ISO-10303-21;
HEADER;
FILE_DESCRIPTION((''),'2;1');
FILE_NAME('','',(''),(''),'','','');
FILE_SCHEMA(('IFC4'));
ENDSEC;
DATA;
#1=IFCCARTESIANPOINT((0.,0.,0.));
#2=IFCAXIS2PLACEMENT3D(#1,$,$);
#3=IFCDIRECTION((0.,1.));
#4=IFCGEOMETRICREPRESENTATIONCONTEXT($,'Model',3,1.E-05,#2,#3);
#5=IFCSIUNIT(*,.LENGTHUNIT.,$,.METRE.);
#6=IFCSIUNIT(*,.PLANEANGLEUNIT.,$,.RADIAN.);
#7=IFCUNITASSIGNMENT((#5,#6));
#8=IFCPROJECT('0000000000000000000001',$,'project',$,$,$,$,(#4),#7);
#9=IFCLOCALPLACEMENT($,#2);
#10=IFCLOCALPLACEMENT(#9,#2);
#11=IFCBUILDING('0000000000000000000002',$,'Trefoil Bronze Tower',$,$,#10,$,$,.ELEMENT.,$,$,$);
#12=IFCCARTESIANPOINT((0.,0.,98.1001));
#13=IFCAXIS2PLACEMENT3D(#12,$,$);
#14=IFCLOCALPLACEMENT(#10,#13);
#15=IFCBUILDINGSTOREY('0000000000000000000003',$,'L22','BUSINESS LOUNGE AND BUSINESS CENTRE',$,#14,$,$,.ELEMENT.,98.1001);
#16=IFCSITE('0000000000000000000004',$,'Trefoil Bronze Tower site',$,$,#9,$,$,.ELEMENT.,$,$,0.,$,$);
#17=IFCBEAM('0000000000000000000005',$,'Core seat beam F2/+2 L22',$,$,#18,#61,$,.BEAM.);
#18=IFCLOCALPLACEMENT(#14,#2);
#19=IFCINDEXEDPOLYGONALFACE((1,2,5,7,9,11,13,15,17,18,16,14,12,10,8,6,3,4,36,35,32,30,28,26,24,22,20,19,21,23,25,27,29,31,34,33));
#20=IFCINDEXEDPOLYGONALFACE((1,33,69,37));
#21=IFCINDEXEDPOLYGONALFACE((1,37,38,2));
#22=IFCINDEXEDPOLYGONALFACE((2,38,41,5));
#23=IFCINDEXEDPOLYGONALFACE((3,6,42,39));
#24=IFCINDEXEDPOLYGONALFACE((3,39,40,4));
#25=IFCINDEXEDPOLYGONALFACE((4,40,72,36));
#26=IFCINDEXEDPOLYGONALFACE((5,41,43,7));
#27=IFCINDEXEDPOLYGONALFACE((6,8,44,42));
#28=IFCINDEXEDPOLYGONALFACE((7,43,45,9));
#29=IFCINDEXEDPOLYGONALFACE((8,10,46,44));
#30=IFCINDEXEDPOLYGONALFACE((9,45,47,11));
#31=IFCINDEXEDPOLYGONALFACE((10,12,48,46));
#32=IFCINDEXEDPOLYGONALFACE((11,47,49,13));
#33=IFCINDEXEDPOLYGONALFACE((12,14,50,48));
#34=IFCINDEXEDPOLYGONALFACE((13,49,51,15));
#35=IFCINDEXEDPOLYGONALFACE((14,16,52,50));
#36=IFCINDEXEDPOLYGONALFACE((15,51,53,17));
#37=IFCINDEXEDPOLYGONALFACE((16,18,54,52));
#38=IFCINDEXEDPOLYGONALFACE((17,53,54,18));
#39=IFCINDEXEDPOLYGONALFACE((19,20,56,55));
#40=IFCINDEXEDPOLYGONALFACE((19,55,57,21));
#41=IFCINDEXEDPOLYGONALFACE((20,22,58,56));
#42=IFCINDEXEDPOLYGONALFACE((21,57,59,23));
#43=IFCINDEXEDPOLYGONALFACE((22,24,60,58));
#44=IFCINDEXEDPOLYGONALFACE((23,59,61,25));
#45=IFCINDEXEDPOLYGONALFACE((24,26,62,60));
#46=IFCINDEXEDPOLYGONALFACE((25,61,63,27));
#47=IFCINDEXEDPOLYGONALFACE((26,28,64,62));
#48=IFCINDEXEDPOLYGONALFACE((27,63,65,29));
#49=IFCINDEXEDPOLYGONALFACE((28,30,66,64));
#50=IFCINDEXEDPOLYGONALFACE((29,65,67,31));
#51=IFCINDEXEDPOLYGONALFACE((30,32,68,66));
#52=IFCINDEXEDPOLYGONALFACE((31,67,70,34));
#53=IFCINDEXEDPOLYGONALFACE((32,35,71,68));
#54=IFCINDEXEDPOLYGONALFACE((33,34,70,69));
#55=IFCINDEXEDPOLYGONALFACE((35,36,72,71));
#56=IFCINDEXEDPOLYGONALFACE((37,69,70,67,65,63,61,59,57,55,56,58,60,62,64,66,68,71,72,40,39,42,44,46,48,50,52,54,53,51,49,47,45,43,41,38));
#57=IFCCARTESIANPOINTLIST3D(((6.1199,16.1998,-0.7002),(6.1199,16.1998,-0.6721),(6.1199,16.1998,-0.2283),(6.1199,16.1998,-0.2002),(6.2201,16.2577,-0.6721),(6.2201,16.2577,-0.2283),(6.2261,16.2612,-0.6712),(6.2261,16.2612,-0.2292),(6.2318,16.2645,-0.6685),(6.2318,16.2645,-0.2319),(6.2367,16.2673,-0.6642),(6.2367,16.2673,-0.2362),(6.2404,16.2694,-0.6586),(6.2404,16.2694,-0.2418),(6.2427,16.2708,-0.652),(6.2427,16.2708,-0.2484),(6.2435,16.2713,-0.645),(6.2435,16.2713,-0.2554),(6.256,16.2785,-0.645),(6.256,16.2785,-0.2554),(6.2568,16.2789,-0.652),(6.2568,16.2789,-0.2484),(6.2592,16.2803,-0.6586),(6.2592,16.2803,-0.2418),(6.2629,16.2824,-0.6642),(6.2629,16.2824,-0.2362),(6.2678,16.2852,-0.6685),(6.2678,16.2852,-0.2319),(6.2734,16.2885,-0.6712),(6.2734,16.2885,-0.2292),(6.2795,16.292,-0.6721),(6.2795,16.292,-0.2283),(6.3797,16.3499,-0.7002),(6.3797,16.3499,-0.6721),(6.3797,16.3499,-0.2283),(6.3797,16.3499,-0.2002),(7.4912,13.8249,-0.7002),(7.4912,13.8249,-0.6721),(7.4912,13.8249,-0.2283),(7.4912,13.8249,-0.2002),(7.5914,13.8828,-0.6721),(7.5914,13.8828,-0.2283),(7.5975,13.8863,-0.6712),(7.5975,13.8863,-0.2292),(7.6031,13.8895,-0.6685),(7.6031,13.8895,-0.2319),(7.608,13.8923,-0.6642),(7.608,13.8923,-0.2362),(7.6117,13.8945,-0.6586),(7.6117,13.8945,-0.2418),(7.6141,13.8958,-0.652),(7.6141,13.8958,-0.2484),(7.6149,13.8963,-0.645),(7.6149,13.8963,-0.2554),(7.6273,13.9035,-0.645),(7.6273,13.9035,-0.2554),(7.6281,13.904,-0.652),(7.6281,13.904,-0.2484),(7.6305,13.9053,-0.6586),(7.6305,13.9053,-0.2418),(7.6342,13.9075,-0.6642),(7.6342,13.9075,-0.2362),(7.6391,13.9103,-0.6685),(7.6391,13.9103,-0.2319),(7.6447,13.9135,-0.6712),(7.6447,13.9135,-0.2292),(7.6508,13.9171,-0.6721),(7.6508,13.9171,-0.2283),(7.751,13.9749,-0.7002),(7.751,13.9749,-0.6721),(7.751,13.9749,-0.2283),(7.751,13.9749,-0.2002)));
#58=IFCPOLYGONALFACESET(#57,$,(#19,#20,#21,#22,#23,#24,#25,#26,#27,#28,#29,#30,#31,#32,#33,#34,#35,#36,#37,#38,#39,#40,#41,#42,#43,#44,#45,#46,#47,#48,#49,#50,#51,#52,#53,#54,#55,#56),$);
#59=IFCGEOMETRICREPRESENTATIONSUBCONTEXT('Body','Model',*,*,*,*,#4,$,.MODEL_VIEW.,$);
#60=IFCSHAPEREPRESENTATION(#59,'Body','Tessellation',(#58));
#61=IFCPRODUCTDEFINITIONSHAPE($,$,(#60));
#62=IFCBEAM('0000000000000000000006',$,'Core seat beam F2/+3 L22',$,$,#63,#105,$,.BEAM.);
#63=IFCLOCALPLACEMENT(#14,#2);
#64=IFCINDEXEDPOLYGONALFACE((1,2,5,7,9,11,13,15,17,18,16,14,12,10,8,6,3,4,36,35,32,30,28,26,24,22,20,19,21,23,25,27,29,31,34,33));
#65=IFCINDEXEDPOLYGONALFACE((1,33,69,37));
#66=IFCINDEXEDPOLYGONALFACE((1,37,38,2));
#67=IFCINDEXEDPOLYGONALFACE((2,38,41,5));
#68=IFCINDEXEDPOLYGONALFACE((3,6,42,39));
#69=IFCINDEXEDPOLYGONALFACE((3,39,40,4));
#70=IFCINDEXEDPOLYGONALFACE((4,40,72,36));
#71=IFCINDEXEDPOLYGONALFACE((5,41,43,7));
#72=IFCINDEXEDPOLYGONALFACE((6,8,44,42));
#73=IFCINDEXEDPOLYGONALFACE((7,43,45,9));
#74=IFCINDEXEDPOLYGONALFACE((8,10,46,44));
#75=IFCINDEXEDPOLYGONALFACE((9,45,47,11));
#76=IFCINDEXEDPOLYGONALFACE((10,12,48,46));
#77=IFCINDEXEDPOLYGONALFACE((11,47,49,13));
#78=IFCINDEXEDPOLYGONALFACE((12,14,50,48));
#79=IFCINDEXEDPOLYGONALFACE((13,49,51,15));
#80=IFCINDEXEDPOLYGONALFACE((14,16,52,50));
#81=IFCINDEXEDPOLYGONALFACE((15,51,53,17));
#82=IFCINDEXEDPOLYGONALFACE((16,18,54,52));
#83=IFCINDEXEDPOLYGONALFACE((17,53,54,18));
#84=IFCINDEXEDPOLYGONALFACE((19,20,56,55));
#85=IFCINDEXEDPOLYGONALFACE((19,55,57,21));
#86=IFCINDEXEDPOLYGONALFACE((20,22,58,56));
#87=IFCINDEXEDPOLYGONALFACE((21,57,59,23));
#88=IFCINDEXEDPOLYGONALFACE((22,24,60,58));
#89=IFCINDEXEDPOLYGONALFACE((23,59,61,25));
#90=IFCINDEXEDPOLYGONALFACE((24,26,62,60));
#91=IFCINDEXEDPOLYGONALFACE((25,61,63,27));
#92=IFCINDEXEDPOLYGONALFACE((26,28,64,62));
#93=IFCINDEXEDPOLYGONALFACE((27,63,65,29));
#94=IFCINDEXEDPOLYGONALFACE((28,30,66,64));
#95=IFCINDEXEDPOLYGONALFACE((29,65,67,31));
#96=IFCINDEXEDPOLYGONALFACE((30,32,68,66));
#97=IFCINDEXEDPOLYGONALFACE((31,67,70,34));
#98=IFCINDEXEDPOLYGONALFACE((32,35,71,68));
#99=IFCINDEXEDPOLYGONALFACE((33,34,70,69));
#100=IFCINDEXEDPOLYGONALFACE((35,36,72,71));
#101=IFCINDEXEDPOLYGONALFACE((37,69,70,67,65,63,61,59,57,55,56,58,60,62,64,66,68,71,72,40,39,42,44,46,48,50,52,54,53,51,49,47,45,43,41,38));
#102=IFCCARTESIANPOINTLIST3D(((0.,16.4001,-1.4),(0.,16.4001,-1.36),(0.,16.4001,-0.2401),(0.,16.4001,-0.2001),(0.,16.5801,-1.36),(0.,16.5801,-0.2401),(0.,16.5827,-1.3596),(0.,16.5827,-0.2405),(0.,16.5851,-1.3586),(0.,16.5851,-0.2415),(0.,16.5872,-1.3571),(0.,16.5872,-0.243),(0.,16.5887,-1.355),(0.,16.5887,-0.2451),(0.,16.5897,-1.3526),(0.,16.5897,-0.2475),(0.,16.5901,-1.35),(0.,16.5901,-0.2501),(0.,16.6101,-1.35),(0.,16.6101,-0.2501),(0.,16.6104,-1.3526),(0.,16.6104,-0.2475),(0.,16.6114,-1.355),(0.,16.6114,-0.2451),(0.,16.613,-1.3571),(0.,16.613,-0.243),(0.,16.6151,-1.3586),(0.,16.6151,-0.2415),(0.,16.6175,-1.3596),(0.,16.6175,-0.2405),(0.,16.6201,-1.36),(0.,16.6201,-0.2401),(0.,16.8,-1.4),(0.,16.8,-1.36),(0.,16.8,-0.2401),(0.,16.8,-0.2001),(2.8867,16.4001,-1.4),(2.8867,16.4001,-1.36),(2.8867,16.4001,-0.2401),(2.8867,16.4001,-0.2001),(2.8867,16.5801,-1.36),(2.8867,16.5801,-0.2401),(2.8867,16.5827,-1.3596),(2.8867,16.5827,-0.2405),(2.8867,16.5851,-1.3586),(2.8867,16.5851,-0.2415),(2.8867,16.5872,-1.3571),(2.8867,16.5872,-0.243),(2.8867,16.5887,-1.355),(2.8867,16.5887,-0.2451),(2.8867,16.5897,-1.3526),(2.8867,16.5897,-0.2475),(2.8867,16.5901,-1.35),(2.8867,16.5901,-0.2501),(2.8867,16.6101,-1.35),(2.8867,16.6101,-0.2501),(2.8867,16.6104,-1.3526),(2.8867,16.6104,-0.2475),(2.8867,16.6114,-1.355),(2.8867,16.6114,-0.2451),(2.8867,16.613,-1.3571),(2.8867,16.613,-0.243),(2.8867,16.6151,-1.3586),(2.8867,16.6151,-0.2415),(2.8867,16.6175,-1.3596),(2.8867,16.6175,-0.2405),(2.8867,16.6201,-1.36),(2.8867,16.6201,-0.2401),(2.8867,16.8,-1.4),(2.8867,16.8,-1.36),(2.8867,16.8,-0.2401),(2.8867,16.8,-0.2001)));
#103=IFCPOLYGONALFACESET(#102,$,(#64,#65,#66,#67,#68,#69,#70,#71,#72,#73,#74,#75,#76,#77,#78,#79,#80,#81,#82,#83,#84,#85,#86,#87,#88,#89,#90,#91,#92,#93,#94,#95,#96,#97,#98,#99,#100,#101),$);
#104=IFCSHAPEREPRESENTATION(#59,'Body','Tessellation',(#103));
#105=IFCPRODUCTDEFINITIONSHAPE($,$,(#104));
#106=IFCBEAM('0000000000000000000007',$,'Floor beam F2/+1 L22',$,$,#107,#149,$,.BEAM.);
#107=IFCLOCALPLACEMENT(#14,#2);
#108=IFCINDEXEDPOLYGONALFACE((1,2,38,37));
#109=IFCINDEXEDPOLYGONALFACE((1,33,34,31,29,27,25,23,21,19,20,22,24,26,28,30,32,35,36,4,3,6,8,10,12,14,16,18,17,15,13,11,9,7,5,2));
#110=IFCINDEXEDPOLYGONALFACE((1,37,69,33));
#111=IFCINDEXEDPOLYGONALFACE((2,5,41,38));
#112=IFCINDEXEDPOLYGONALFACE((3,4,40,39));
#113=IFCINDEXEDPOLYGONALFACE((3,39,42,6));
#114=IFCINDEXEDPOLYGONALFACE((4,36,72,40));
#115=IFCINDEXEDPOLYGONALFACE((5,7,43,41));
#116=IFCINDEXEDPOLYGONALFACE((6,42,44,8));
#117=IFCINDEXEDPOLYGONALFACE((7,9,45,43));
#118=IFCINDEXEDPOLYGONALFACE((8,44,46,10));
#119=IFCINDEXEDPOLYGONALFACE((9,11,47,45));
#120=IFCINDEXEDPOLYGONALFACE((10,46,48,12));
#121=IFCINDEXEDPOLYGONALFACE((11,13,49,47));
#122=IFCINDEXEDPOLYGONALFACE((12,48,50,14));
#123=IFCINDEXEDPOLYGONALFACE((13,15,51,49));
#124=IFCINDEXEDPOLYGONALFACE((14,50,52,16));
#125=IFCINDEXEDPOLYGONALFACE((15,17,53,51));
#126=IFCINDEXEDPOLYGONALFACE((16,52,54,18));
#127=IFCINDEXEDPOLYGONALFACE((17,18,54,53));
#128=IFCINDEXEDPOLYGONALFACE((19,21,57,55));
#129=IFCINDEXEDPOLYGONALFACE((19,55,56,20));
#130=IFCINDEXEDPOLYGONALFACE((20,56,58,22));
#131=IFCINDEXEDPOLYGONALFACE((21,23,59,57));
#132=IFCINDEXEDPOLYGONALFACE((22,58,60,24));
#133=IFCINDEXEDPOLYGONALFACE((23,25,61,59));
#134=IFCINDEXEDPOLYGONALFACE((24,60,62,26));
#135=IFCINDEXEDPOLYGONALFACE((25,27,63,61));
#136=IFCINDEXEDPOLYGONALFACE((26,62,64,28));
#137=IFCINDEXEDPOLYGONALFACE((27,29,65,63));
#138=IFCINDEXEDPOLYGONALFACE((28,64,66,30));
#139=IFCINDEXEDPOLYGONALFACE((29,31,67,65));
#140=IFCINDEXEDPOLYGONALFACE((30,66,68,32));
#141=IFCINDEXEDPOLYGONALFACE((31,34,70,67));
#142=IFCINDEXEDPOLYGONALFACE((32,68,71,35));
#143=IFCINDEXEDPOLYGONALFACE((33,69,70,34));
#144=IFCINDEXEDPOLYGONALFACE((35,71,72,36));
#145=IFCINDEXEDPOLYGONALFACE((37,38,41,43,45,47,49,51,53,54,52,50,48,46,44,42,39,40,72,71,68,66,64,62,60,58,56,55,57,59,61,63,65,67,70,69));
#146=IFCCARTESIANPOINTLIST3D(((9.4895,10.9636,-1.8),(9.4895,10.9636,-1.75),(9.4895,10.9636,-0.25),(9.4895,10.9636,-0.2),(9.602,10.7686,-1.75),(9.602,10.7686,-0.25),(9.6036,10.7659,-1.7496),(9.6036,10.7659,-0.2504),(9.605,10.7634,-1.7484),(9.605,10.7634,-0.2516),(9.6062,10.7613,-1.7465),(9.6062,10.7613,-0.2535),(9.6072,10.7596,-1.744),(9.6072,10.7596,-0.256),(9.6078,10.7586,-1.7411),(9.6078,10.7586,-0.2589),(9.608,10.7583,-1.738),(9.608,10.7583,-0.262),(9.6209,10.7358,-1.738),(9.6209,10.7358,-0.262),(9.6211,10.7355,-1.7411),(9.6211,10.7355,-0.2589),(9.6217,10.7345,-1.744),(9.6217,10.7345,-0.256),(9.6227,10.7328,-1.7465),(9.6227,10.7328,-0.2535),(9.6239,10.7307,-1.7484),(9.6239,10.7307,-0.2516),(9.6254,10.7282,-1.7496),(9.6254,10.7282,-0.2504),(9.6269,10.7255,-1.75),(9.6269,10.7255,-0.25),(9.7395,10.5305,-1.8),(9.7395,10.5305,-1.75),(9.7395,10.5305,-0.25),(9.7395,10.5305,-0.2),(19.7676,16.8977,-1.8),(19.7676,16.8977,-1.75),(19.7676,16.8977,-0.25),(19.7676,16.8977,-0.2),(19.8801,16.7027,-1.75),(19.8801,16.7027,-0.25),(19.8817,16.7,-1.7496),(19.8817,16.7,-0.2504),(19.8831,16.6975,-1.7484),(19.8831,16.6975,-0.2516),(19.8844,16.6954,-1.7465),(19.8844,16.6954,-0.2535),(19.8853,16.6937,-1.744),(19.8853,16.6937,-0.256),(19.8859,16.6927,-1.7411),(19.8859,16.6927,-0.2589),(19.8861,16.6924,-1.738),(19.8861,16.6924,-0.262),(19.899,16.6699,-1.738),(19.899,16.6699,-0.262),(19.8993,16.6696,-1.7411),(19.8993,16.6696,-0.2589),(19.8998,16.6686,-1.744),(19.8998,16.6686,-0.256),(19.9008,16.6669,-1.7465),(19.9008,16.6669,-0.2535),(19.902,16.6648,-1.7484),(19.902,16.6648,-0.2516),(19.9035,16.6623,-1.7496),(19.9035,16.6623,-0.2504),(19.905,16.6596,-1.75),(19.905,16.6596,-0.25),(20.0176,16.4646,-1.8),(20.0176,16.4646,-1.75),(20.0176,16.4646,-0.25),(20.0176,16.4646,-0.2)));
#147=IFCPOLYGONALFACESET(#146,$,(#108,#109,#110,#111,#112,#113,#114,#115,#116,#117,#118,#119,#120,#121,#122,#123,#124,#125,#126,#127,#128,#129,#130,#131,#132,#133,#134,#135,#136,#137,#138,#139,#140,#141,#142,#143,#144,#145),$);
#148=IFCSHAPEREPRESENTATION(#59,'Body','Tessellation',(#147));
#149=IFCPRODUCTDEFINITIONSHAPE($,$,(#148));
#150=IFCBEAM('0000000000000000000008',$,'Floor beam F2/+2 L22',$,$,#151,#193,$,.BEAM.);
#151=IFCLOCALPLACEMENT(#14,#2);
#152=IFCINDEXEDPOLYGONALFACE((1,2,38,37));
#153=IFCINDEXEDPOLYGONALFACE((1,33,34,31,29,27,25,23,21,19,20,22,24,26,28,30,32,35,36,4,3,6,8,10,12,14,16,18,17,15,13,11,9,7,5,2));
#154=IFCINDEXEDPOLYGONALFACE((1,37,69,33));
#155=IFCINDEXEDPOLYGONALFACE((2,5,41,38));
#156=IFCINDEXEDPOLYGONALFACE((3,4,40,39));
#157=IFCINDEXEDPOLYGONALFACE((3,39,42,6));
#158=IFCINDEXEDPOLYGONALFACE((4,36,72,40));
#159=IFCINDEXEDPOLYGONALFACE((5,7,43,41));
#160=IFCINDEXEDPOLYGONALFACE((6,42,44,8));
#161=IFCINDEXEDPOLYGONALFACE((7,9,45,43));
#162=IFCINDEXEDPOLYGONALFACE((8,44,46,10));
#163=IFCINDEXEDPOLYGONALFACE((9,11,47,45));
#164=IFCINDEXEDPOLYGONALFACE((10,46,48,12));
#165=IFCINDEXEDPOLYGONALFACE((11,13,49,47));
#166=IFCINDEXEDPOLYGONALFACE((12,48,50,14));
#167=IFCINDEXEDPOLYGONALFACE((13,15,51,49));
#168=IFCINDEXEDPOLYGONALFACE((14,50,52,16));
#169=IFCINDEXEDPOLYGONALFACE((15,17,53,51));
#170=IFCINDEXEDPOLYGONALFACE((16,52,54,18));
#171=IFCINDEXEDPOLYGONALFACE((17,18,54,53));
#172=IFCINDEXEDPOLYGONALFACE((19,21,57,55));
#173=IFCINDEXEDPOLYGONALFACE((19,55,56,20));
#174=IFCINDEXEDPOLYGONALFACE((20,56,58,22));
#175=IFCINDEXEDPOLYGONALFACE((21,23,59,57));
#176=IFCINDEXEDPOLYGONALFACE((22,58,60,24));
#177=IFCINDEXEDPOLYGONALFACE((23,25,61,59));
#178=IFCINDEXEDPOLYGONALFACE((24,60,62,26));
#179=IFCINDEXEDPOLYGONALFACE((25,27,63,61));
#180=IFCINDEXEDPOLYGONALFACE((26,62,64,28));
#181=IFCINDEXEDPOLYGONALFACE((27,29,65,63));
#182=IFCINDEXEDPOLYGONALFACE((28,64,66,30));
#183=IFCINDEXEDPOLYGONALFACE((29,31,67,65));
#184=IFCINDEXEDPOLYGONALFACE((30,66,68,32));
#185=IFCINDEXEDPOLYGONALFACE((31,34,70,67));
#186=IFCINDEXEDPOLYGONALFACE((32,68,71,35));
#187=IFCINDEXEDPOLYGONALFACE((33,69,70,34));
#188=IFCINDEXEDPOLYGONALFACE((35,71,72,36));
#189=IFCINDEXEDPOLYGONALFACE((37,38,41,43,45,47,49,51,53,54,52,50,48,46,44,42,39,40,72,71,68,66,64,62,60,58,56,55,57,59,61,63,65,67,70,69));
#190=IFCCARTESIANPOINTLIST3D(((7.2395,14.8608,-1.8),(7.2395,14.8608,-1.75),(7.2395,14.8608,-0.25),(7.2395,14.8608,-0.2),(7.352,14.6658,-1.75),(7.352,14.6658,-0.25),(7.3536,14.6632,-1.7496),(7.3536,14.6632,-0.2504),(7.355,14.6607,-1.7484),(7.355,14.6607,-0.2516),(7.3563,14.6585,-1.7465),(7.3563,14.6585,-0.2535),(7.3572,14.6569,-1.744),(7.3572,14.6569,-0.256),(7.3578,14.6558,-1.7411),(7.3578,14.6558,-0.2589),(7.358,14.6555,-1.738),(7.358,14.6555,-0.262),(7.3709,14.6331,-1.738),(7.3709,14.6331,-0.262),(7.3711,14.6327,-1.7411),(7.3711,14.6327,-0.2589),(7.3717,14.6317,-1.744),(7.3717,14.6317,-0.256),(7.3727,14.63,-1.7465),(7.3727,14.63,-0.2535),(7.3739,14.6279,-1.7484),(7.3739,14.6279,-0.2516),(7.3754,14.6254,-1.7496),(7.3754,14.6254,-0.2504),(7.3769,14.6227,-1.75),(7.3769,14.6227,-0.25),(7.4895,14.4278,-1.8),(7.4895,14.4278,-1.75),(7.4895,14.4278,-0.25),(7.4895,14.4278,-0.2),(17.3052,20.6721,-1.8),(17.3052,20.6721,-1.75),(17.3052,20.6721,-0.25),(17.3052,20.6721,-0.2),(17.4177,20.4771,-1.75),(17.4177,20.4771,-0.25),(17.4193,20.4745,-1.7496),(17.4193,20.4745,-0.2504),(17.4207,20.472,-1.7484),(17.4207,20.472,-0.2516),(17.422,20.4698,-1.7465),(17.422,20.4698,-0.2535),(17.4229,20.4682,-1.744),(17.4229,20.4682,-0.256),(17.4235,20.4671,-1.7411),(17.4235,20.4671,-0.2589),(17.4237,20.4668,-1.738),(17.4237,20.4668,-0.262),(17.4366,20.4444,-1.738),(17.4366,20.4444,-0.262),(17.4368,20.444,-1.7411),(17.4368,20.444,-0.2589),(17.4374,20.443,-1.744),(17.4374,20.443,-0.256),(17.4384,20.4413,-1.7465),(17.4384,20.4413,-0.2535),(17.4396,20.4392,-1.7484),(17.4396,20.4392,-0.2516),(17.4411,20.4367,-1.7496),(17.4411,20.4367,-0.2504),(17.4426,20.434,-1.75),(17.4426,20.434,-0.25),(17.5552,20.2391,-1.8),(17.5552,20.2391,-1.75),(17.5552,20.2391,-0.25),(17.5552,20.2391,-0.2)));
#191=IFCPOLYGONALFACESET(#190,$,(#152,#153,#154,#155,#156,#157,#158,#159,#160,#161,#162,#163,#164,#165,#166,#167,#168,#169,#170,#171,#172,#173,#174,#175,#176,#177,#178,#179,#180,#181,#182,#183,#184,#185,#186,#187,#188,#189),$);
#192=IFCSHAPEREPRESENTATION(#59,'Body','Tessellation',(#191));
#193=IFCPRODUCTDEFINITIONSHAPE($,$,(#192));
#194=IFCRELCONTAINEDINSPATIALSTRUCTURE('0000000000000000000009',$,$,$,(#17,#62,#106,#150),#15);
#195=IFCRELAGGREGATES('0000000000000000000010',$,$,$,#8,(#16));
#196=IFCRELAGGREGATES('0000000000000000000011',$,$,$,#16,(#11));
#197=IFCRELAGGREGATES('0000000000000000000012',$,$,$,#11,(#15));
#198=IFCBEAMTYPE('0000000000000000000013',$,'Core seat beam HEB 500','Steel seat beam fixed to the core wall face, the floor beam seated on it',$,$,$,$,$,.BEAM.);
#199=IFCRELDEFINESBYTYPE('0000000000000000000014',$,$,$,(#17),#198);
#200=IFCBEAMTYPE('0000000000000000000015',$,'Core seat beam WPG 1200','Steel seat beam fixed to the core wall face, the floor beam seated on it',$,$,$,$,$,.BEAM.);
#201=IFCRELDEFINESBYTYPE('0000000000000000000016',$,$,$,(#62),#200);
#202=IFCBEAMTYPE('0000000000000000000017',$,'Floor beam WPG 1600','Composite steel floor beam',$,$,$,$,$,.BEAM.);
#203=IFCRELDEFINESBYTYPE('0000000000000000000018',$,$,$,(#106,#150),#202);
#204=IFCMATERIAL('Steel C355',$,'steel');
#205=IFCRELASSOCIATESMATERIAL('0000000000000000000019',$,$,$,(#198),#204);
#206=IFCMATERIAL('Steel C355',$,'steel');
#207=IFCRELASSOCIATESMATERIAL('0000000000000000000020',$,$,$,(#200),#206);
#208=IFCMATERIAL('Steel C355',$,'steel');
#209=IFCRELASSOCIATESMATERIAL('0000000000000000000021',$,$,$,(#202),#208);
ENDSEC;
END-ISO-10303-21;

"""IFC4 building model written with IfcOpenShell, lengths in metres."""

from ifc_helpers import new_model, si_unit, direction, frame, origin, origin_2d, place, context, subcontext, project, spatial, i_section, extrude, material, material_profile, profile_set, type_object, element, save


model = new_model("IFC4")

# Units and contexts
model_context = context("Model", 3, precision=1e-05, world=origin(), true_north=direction((0.0, 1.0)))
body_context = subcontext(model_context, "Body", "Model", "MODEL_VIEW")
ifc_project = project(units=[si_unit("LENGTHUNIT", "METRE"), si_unit("PLANEANGLEUNIT", "RADIAN")], contexts=[model_context])

# Site, building, storey
site_placement = place(None, origin())
site = spatial("IfcSite", under=ifc_project, at=site_placement, Name="Trefoil Bronze Tower site", CompositionType="ELEMENT", RefElevation=0.0)
building_placement = place(site_placement, origin())
building = spatial("IfcBuilding", under=site, at=building_placement, Name="Trefoil Bronze Tower", CompositionType="ELEMENT")
storey_placement = place(building_placement, frame((0.0, 0.0, 98.1001)))
storey = spatial("IfcBuildingStorey", under=building, at=storey_placement, Name="L22", Description="BUSINESS LOUNGE AND BUSINESS CENTRE", CompositionType="ELEMENT", Elevation=98.1001)

# Beams
ifc_material_1 = material(Name="Steel C355", Category="steel")
ifc_material_profile_1 = material_profile(ifc_material_1, i_section(OverallWidth=0.3, OverallDepth=0.5, WebThickness=0.0144, FlangeThickness=0.0281, FilletRadius=0.0271, at=origin_2d()), Name="HEB 500")
ifc_profile_set_1 = profile_set([ifc_material_profile_1], Name="Steel C355")
beam_type_1 = type_object("IfcBeamType", Name="Core seat beam HEB 500", Description="Steel seat beam fixed to the core wall face, the floor beam seated on it", PredefinedType="BEAM", material=ifc_profile_set_1)
beam_1_placement = place(storey_placement, frame((7.6211, 13.8999, -0.4502), z_axis=(-0.500036, 0.866005, 0.0), x_axis=(-0.866005, -0.500036, 0.0)))
element("IfcBeam", 1, at=beam_1_placement, inside=storey, type_object=beam_type_1, Name="Core seat beam F2/+2 L22", PredefinedType="BEAM", context=body_context, shape_type="SweptSolid", body=[
    extrude(i_section(OverallWidth=0.3, OverallDepth=0.5, WebThickness=0.0144, FlangeThickness=0.0281, FilletRadius=0.0271, at=origin_2d()), origin(), (0.0, 0.0, 1.0), 2.7424),
])
ifc_material_2 = material(Name="Steel C355", Category="steel")
ifc_material_profile_2 = material_profile(ifc_material_2, i_section(OverallWidth=0.3999, OverallDepth=1.2, WebThickness=0.02, FlangeThickness=0.04, FilletRadius=0.01, at=origin_2d()), Name="WPG 1200")
ifc_profile_set_2 = profile_set([ifc_material_profile_2], Name="Steel C355")
beam_type_2 = type_object("IfcBeamType", Name="Core seat beam WPG 1200", Description="Steel seat beam fixed to the core wall face, the floor beam seated on it", PredefinedType="BEAM", material=ifc_profile_set_2)
beam_2_placement = place(storey_placement, frame((2.8867, 16.6001, -0.8), z_axis=(-1.0, 0.0, 0.0), x_axis=(0.0, -1.0, 0.0)))
element("IfcBeam", 2, at=beam_2_placement, inside=storey, type_object=beam_type_2, Name="Core seat beam F2/+3 L22", PredefinedType="BEAM", context=body_context, shape_type="SweptSolid", body=[
    extrude(i_section(OverallWidth=0.3999, OverallDepth=1.2, WebThickness=0.02, FlangeThickness=0.04, FilletRadius=0.01, at=origin_2d()), origin(), (0.0, 0.0, 1.0), 2.8867),
])
ifc_material_3 = material(Name="Steel C355", Category="steel")
ifc_material_profile_3 = material_profile(ifc_material_3, i_section(OverallWidth=0.5, OverallDepth=1.6001, WebThickness=0.0259, FlangeThickness=0.05, FilletRadius=0.012, at=origin_2d()), Name="WPG 1600")
ifc_profile_set_3 = profile_set([ifc_material_profile_3], Name="Steel C355")
beam_type_3 = type_object("IfcBeamType", Name="Floor beam WPG 1600", Description="Composite steel floor beam", PredefinedType="BEAM", material=ifc_profile_set_3)
beam_3_placement = place(storey_placement, frame((19.8926, 16.6812, -1.0), z_axis=(-0.866024, -0.500002, 0.0), x_axis=(0.500002, -0.866024, 0.0)))
element("IfcBeam", 3, at=beam_3_placement, inside=storey, type_object=beam_type_3, Name="Floor beam F2/+1 L22", PredefinedType="BEAM", context=body_context, shape_type="SweptSolid", body=[
    extrude(i_section(OverallWidth=0.5, OverallDepth=1.6001, WebThickness=0.0259, FlangeThickness=0.05, FilletRadius=0.012, at=origin_2d()), origin(), (0.0, 0.0, 1.0), 11.8682),
])
beam_4_placement = place(storey_placement, frame((17.4302, 20.4556, -1.0), z_axis=(-0.866031, -0.499991, 0.0), x_axis=(0.499991, -0.866031, 0.0)))
element("IfcBeam", 4, at=beam_4_placement, inside=storey, type_object=beam_type_3, Name="Floor beam F2/+2 L22", PredefinedType="BEAM", context=body_context, shape_type="SweptSolid", body=[
    extrude(i_section(OverallWidth=0.5, OverallDepth=1.6001, WebThickness=0.0259, FlangeThickness=0.05, FilletRadius=0.012, at=origin_2d()), origin(), (0.0, 0.0, 1.0), 11.6228),
])

save(model, "model.ifc")
